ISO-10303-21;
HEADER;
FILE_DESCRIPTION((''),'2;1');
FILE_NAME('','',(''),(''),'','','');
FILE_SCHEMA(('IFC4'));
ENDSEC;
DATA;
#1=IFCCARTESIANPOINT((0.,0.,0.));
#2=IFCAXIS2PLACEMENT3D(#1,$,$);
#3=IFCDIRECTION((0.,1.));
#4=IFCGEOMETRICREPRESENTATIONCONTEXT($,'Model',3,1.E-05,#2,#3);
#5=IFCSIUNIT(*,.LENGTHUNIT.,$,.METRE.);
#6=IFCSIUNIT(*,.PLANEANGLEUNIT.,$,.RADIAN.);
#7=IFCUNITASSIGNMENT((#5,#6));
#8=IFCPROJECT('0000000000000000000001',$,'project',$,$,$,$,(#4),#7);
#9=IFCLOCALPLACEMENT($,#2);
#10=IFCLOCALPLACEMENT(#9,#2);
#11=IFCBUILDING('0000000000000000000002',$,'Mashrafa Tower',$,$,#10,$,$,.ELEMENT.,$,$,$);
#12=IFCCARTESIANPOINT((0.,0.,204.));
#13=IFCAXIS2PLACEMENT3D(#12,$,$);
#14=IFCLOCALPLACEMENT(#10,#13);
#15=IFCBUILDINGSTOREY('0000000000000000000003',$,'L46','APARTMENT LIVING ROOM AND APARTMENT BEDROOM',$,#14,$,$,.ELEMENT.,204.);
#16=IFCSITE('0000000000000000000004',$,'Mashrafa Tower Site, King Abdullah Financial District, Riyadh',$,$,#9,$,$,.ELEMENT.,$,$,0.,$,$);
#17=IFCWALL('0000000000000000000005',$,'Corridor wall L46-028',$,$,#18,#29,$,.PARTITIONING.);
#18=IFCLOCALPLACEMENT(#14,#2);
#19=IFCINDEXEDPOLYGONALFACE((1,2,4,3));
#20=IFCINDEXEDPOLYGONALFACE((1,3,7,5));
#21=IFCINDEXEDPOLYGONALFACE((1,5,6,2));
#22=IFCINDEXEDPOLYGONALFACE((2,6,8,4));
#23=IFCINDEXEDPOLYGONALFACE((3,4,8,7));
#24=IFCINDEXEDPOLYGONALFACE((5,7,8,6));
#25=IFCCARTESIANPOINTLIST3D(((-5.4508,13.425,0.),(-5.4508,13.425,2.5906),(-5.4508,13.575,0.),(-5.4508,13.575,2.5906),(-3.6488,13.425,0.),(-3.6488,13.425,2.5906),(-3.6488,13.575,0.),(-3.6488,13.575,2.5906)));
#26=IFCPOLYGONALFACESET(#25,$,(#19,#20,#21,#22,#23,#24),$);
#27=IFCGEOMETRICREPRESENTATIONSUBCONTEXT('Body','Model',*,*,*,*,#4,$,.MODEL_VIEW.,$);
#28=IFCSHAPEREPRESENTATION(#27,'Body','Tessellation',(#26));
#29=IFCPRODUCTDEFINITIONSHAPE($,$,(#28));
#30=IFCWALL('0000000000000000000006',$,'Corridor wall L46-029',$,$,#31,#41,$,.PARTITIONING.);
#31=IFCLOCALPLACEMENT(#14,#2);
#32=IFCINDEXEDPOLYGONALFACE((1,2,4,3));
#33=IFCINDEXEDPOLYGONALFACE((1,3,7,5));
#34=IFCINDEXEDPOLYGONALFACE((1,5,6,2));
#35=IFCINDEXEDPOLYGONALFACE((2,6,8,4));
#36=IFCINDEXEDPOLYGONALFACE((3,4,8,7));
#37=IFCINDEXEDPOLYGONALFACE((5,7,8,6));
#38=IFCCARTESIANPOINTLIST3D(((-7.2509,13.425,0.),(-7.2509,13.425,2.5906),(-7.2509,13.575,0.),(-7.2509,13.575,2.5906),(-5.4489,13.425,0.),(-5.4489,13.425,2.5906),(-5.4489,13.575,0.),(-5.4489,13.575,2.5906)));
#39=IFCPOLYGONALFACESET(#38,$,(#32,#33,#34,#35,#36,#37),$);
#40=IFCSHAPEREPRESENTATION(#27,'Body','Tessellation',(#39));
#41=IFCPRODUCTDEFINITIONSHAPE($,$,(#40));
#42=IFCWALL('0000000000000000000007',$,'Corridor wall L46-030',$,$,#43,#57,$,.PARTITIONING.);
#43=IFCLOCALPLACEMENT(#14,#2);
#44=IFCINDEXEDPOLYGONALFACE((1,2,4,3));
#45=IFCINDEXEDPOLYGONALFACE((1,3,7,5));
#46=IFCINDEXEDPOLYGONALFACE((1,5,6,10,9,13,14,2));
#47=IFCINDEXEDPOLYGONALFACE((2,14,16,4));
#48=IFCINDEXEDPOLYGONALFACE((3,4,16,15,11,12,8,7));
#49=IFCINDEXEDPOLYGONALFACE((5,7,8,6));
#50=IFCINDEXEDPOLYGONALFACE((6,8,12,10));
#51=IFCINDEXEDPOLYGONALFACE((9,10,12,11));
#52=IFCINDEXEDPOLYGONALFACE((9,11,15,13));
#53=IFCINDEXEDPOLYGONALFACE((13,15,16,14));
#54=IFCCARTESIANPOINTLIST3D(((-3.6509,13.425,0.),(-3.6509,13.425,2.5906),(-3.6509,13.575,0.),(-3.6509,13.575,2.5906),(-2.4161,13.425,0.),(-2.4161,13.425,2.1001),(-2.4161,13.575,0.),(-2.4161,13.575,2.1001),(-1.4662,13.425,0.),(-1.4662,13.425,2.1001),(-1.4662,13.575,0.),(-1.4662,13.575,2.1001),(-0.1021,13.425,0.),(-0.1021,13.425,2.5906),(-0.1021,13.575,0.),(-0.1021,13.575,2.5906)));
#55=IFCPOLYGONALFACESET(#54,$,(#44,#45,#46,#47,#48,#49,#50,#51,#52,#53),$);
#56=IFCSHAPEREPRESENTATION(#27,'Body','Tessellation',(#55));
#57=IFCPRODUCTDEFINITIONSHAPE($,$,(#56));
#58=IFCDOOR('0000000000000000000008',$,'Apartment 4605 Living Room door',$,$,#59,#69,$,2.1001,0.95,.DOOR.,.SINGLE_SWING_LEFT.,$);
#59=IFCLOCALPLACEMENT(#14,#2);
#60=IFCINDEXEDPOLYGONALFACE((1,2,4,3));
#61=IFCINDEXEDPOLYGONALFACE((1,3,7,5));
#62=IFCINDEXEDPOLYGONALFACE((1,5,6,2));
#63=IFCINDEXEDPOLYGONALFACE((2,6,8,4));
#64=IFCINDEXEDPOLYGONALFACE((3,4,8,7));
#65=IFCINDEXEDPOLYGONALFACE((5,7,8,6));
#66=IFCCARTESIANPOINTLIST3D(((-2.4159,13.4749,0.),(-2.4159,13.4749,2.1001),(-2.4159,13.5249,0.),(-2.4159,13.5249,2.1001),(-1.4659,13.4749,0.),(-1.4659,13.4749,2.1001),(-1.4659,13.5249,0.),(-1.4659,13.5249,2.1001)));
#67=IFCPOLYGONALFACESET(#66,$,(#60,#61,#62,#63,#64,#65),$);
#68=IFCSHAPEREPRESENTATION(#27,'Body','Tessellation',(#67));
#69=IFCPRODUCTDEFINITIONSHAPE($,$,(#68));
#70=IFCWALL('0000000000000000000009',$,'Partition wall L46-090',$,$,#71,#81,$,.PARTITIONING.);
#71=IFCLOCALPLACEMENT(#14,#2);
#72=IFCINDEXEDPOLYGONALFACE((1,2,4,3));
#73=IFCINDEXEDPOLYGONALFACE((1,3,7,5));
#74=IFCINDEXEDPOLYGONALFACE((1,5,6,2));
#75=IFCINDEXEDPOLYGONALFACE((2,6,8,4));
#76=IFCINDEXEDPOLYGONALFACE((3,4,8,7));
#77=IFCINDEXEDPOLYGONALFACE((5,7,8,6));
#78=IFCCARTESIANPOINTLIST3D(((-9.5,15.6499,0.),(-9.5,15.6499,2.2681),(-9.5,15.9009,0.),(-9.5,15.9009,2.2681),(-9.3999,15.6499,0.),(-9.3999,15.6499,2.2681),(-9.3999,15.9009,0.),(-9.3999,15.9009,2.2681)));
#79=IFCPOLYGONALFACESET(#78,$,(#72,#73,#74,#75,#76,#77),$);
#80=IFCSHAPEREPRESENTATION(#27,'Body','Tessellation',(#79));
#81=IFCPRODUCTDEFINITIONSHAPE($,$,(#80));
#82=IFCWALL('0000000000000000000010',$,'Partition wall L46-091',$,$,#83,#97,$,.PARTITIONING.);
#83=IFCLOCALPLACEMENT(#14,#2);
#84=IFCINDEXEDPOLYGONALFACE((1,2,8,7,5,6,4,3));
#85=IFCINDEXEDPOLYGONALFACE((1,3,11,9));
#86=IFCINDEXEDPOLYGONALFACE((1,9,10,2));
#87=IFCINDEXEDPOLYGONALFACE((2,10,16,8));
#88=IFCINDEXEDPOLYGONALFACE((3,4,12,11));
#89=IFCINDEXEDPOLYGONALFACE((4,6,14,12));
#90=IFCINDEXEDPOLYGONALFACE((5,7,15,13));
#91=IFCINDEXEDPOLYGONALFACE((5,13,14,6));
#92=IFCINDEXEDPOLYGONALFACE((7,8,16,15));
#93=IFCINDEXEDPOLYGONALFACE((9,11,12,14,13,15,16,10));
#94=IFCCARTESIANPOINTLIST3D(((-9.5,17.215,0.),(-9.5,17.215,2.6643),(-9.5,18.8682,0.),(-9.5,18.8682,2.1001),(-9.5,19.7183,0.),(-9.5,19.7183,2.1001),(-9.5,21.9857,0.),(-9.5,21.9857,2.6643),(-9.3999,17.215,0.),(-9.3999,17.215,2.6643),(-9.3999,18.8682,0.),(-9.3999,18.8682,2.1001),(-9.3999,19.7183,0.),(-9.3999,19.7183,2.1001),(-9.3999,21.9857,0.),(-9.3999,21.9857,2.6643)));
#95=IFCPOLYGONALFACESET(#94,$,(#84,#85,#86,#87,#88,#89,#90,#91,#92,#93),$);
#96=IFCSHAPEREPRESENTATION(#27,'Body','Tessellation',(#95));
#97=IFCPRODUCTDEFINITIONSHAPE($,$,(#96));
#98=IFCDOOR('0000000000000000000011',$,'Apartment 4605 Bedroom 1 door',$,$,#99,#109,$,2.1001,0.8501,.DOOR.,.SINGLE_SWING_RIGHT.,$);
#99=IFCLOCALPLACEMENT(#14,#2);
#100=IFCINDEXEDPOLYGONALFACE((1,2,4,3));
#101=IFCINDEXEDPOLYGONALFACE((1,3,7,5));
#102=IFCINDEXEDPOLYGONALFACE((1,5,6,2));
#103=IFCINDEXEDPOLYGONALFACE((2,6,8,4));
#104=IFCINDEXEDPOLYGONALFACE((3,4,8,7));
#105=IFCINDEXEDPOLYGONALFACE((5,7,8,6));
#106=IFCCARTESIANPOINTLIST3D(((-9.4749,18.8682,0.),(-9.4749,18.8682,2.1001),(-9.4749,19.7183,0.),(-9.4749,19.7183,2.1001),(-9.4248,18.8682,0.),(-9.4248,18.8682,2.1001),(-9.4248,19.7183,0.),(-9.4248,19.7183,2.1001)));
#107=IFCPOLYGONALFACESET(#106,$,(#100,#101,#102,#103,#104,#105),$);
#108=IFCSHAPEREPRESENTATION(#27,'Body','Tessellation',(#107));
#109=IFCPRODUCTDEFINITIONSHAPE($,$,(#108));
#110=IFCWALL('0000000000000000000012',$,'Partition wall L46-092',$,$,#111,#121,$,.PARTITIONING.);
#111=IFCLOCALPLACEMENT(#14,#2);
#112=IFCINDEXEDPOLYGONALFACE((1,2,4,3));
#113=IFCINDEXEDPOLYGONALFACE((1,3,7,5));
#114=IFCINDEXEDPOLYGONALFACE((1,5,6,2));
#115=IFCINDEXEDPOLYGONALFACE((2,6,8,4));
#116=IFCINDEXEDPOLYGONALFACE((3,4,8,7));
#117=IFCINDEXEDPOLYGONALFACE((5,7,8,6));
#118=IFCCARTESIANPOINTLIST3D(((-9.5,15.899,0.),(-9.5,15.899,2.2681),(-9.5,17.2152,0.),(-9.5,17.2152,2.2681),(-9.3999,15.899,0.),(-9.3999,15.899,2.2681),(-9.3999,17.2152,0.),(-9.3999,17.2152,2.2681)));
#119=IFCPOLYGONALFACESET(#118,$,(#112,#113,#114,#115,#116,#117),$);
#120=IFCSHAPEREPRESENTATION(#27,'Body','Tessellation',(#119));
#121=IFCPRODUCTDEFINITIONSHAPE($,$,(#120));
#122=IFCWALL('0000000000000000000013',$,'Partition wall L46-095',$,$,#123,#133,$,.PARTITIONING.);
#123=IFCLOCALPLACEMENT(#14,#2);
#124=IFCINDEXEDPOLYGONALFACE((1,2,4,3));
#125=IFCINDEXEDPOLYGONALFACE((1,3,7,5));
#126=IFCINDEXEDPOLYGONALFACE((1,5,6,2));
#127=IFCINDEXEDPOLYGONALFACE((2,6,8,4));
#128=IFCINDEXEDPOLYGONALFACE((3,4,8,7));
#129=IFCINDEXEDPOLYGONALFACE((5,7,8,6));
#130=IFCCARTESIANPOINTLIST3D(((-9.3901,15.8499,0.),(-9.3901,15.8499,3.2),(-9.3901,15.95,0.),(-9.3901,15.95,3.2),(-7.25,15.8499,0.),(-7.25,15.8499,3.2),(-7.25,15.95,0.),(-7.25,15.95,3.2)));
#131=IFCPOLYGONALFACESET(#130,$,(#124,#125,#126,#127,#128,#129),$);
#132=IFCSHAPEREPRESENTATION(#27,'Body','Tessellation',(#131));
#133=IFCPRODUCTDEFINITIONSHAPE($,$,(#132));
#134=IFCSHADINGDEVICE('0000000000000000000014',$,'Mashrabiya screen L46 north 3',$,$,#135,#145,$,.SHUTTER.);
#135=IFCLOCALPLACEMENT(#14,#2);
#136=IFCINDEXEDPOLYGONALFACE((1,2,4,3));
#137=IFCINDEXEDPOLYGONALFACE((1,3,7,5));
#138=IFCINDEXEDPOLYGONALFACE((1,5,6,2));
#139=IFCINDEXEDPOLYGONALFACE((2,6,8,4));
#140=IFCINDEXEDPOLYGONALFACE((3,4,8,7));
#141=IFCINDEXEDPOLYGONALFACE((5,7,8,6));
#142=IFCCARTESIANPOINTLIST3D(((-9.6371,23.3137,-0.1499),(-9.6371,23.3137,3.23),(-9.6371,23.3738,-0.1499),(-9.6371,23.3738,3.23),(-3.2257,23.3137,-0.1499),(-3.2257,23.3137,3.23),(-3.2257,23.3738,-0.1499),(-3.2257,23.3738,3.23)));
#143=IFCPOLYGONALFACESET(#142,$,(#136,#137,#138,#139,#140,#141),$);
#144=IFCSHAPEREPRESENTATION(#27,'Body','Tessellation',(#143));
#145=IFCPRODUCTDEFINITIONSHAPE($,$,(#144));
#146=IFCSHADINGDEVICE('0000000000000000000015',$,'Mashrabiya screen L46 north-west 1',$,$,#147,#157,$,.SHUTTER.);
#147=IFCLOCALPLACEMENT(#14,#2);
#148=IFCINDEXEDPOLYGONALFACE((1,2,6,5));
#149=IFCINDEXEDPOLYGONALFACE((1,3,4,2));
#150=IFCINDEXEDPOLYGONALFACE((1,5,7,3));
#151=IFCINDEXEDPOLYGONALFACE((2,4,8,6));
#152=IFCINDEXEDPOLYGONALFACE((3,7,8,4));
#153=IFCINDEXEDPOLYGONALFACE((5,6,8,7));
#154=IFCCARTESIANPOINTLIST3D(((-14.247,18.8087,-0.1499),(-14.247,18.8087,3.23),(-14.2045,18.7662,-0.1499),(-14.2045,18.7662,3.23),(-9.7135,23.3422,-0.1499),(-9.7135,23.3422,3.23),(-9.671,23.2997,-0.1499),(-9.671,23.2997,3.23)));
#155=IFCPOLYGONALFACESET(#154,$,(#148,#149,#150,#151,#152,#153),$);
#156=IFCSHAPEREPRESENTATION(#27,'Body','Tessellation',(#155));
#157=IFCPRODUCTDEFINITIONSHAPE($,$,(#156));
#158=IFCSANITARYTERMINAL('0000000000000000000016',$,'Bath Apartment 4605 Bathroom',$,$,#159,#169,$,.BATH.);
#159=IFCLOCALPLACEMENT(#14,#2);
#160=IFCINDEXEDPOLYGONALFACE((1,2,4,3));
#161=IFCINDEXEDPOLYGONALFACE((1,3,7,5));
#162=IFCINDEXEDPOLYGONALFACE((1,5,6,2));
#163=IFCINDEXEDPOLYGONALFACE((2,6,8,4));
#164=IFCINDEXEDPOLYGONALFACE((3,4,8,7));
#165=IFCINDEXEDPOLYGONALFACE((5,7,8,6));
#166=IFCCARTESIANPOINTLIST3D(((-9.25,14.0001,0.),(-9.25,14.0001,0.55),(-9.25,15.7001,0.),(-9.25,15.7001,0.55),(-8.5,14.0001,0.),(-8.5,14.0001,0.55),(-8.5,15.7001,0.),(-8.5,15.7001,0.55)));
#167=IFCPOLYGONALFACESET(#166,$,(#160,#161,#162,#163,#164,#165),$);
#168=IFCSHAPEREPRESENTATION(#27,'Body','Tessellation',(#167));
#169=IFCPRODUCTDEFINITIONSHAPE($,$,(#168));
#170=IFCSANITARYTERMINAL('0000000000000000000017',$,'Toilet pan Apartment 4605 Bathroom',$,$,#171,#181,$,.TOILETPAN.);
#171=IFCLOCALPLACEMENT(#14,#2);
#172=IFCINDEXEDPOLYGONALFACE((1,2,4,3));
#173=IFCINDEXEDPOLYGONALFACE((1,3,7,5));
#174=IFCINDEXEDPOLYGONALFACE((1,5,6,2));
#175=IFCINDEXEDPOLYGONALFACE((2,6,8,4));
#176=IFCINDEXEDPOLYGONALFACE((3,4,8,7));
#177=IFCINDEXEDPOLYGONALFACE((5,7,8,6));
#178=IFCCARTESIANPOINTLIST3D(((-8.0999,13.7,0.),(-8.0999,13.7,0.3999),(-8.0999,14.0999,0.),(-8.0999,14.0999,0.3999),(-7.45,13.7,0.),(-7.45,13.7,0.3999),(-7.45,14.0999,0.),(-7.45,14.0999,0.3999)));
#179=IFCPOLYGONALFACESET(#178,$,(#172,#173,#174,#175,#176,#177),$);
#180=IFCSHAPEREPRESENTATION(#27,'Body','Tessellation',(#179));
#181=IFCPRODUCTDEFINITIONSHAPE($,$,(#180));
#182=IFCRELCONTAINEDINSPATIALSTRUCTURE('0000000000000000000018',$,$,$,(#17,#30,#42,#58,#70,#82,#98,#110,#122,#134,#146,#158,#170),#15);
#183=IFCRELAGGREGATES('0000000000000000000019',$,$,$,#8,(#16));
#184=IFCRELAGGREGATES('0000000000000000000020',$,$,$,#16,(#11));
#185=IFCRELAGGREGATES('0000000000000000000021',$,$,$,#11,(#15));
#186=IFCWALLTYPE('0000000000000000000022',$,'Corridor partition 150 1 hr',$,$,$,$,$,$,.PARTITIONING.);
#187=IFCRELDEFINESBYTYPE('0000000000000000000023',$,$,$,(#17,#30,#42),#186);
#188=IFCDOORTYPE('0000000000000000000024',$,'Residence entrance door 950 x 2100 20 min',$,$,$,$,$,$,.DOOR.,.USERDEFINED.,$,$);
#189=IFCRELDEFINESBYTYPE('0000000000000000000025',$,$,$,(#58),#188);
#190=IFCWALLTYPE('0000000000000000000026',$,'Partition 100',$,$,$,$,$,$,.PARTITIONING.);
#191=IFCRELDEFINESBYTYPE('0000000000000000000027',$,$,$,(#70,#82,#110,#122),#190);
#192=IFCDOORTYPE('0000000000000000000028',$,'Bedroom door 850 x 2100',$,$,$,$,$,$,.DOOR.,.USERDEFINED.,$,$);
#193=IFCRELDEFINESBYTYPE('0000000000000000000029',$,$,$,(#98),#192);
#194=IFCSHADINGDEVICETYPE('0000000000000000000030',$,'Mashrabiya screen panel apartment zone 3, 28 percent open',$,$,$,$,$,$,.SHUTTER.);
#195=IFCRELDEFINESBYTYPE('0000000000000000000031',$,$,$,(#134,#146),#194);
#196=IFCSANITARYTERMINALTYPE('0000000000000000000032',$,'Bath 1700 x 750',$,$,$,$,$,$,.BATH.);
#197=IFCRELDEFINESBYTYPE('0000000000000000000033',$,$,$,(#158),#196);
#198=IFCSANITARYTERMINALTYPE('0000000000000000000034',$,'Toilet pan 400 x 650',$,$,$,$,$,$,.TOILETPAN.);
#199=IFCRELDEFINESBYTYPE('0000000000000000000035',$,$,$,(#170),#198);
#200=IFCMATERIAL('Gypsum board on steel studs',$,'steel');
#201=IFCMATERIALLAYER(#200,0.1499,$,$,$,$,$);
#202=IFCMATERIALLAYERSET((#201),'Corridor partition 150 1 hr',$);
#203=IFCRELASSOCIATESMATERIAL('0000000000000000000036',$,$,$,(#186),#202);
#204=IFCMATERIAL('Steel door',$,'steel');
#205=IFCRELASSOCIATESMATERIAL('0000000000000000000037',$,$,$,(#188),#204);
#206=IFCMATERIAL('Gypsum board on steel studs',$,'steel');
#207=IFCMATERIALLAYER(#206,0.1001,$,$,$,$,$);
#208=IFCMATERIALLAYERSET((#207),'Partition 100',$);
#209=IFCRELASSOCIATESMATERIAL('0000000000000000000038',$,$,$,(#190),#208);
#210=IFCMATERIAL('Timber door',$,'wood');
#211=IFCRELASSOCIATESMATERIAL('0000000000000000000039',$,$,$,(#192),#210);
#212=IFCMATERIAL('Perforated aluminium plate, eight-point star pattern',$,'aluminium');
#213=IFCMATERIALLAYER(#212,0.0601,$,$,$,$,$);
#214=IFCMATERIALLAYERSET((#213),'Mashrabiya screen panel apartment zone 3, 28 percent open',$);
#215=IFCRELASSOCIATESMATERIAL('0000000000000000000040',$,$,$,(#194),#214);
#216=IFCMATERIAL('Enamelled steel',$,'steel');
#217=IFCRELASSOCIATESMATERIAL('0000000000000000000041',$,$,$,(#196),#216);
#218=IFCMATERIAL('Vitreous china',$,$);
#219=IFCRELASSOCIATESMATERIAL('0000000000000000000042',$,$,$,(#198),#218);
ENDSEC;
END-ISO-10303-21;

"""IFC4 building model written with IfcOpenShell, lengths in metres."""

from ifc_helpers import new_model, si_unit, direction, frame, frame_2d, origin, origin_2d, place, context, subcontext, project, spatial, rectangle, extrude, source, transform, mapped, material, layer, layer_set, type_object, type_shapes, element, fill, save


model = new_model("IFC4")

# Units and contexts
model_context = context("Model", 3, precision=1e-05, world=origin(), true_north=direction((0.0, 1.0)))
body_context = subcontext(model_context, "Body", "Model", "MODEL_VIEW")
ifc_project = project(units=[si_unit("LENGTHUNIT", "METRE"), si_unit("PLANEANGLEUNIT", "RADIAN")], contexts=[model_context])

# Site, building, storey
site_placement = place(None, origin())
site = spatial("IfcSite", under=ifc_project, at=site_placement, Name="Mashrafa Tower Site, King Abdullah Financial District, Riyadh", CompositionType="ELEMENT", RefElevation=0.0)
building_placement = place(site_placement, origin())
building = spatial("IfcBuilding", under=site, at=building_placement, Name="Mashrafa Tower", CompositionType="ELEMENT")
storey_placement = place(building_placement, frame((0.0, 0.0, 204.0)))
storey = spatial("IfcBuildingStorey", under=building, at=storey_placement, Name="L46", Description="APARTMENT LIVING ROOM AND APARTMENT BEDROOM", CompositionType="ELEMENT", Elevation=204.0)

# Walls
ifc_material_1 = material(Name="Gypsum board on steel studs", Category="steel")
ifc_layer_1 = layer(ifc_material_1, 0.1499)
ifc_layer_set_1 = layer_set([ifc_layer_1], Name="Corridor partition 150 1 hr")
wall_type_1 = type_object("IfcWallType", Name="Corridor partition 150 1 hr", PredefinedType="PARTITIONING", material=ifc_layer_set_1)
for number, where, z_axis, x_axis, name in (
    (1, (-3.6489, 13.5, 0.0), (0.0, 0.0, 1.0), (-1.0, 0.0, 0.0), "Corridor wall L46-028"),
    (2, (-5.449, 13.5, 0.0), (0.0, 0.0, 1.0), (-1.0, 0.0, 0.0), "Corridor wall L46-029"),
):
    element("IfcWall", number, at=place(storey_placement, frame(where, z_axis=z_axis, x_axis=x_axis)), inside=storey, type_object=wall_type_1, Name=name, PredefinedType="PARTITIONING", context=body_context, shape_type="SweptSolid", body=[
        extrude(rectangle(XDim=1.802, YDim=0.1499, at=frame_2d((0.9009, 0.0))), origin(), (0.0, 0.0, 1.0), 2.5906),
    ])

# Wall, opening, door
wall_1_placement = place(storey_placement, frame((-0.1021, 13.5, 0.0), z_axis=(0.0, 0.0, 1.0), x_axis=(-1.0, 0.0, 0.0)))
wall_1 = element("IfcWall", 3, at=wall_1_placement, inside=storey, type_object=wall_type_1, Name="Corridor wall L46-030", PredefinedType="PARTITIONING", context=body_context, shape_type="SweptSolid", body=[
    extrude(rectangle(XDim=3.5488, YDim=0.1499, at=frame_2d((1.7744, 0.0))), origin(), (0.0, 0.0, 1.0), 2.5906),
])
opening_1_placement = place(wall_1_placement, frame((1.364, 0.0, 0.0)))
opening_1 = element("IfcOpeningElement", 4, at=opening_1_placement, cuts=wall_1, PredefinedType="OPENING", context=body_context, shape_type="SweptSolid", body=[
    extrude(rectangle(XDim=0.95, YDim=2.1001, at=frame_2d((0.4751, 1.05))), frame((0.0, 0.085, 0.0), z_axis=(0.0, -1.0, 0.0), x_axis=(1.0, 0.0, 0.0)), (0.0, 0.0, 1.0), 0.1699),
])
ifc_material_2 = material(Name="Steel door", Category="steel")
door_type_1 = type_object("IfcDoorType", Name="Residence entrance door 950 x 2100 20 min", OperationType="USERDEFINED", PredefinedType="DOOR", material=ifc_material_2)
door_1_placement = place(opening_1_placement, frame((0.95, 0.0, 0.0), z_axis=(0.0, 0.0, 1.0), x_axis=(-1.0, 0.0, 0.0)))
door_1 = element("IfcDoor", 5, at=door_1_placement, inside=storey, type_object=door_type_1, Name="Apartment 4605 Living Room door", OperationType="SINGLE_SWING_LEFT", OverallHeight=2.1001, OverallWidth=0.95, PredefinedType="DOOR", context=body_context, shape_type="SweptSolid", body=[
    extrude(rectangle(XDim=0.95, YDim=2.1001, at=frame_2d((0.4751, 1.05))), frame((0.0, 0.0249, 0.0), z_axis=(0.0, -1.0, 0.0), x_axis=(1.0, 0.0, 0.0)), (0.0, 0.0, 1.0), 0.05),
])
fill(opening_1, door_1)

# Wall
ifc_material_3 = material(Name="Gypsum board on steel studs", Category="steel")
ifc_layer_2 = layer(ifc_material_3, 0.1001)
ifc_layer_set_2 = layer_set([ifc_layer_2], Name="Partition 100")
wall_type_2 = type_object("IfcWallType", Name="Partition 100", PredefinedType="PARTITIONING", material=ifc_layer_set_2)
wall_2_placement = place(storey_placement, frame((-9.45, 15.6499, 0.0), z_axis=(0.0, 0.0, 1.0), x_axis=(0.0, 1.0, 0.0)))
element("IfcWall", 6, at=wall_2_placement, inside=storey, type_object=wall_type_2, Name="Partition wall L46-090", PredefinedType="PARTITIONING", context=body_context, shape_type="SweptSolid", body=[
    extrude(rectangle(XDim=0.251, YDim=0.1001, at=frame_2d((0.1255, 0.0))), origin(), (0.0, 0.0, 1.0), 2.2681),
])

# Wall, opening, door
wall_3_placement = place(storey_placement, frame((-9.45, 17.2151, 0.0), z_axis=(0.0, 0.0, 1.0), x_axis=(0.0, 1.0, 0.0)))
wall_3 = element("IfcWall", 7, at=wall_3_placement, inside=storey, type_object=wall_type_2, Name="Partition wall L46-091", PredefinedType="PARTITIONING", context=body_context, shape_type="SweptSolid", body=[
    extrude(rectangle(XDim=4.7708, YDim=0.1001, at=frame_2d((2.3853, 0.0))), origin(), (0.0, 0.0, 1.0), 2.6643),
])
opening_2_placement = place(wall_3_placement, frame((1.6531, 0.0, 0.0)))
opening_2 = element("IfcOpeningElement", 8, at=opening_2_placement, cuts=wall_3, PredefinedType="OPENING", context=body_context, shape_type="SweptSolid", body=[
    extrude(rectangle(XDim=0.8501, YDim=2.1001, at=frame_2d((0.425, 1.05))), frame((0.0, 0.0601, 0.0), z_axis=(0.0, -1.0, 0.0), x_axis=(1.0, 0.0, 0.0)), (0.0, 0.0, 1.0), 0.1201),
])
ifc_material_4 = material(Name="Timber door", Category="wood")
door_type_2 = type_object("IfcDoorType", Name="Bedroom door 850 x 2100", OperationType="USERDEFINED", PredefinedType="DOOR", material=ifc_material_4)
door_2_placement = place(opening_2_placement, origin())
door_2 = element("IfcDoor", 9, at=door_2_placement, inside=storey, type_object=door_type_2, Name="Apartment 4605 Bedroom 1 door", OperationType="SINGLE_SWING_RIGHT", OverallHeight=2.1001, OverallWidth=0.8501, PredefinedType="DOOR", context=body_context, shape_type="SweptSolid", body=[
    extrude(rectangle(XDim=0.8501, YDim=2.1001, at=frame_2d((0.425, 1.05))), frame((0.0, 0.0249, 0.0), z_axis=(0.0, -1.0, 0.0), x_axis=(1.0, 0.0, 0.0)), (0.0, 0.0, 1.0), 0.05),
])
fill(opening_2, door_2)

# Walls
wall_4_placement = place(storey_placement, frame((-9.45, 15.8989, 0.0), z_axis=(0.0, 0.0, 1.0), x_axis=(0.0, 1.0, 0.0)))
element("IfcWall", 10, at=wall_4_placement, inside=storey, type_object=wall_type_2, Name="Partition wall L46-092", PredefinedType="PARTITIONING", context=body_context, shape_type="SweptSolid", body=[
    extrude(rectangle(XDim=1.3162, YDim=0.1001, at=frame_2d((0.6582, 0.0))), origin(), (0.0, 0.0, 1.0), 2.2681),
])
wall_5_placement = place(storey_placement, frame((-7.25, 15.8999, 0.0), z_axis=(0.0, 0.0, 1.0), x_axis=(-1.0, 0.0, 0.0)))
element("IfcWall", 11, at=wall_5_placement, inside=storey, type_object=wall_type_2, Name="Partition wall L46-095", PredefinedType="PARTITIONING", context=body_context, shape_type="SweptSolid", body=[
    extrude(rectangle(XDim=2.1401, YDim=0.1001, at=frame_2d((1.0701, 0.0))), origin(), (0.0, 0.0, 1.0), 3.2),
])

# Shading devices
ifc_material_5 = material(Name="Perforated aluminium plate, eight-point star pattern", Category="aluminium")
ifc_layer_3 = layer(ifc_material_5, 0.0601)
ifc_layer_set_3 = layer_set([ifc_layer_3], Name="Mashrabiya screen panel apartment zone 3, 28 percent open")
shading_device_type = type_object("IfcShadingDeviceType", Name="Mashrabiya screen panel apartment zone 3, 28 percent open", PredefinedType="SHUTTER", material=ifc_layer_set_3)
shared_shape_1 = source(origin(), body_context, "Body", "SweptSolid", [
    extrude(rectangle(XDim=6.4114, YDim=0.0601, at=origin_2d()), origin(), (0.0, 0.0, 1.0), 3.3799),
])
type_shapes(shading_device_type, [shared_shape_1])
for number, where, z_axis, x_axis, name in (
    (12, (-6.4314, 23.3438, -0.1499), (0.0, 0.0, 1.0), (-1.0, 0.0, 0.0), "Mashrabiya screen L46 north 3"),
    (13, (-11.959, 21.0542, -0.1499), (0.0, 0.0, 1.0), (-0.707107, -0.707107, 0.0), "Mashrabiya screen L46 north-west 1"),
):
    element("IfcShadingDevice", number, at=place(storey_placement, frame(where, z_axis=z_axis, x_axis=x_axis)), inside=storey, type_object=shading_device_type, Name=name, PredefinedType="SHUTTER", context=body_context, shape_type="MappedRepresentation", body=[
        mapped(shared_shape_1, transform((0.0, 0.0, 0.0))),
    ])

# Sanitary terminals
ifc_material_6 = material(Name="Enamelled steel", Category="steel")
sanitary_terminal_type_1 = type_object("IfcSanitaryTerminalType", Name="Bath 1700 x 750", PredefinedType="BATH", material=ifc_material_6)
sanitary_terminal_1_placement = place(storey_placement, frame((-8.875, 14.8501, 0.0), z_axis=(0.0, 0.0, 1.0), x_axis=(0.0, -1.0, 0.0)))
element("IfcSanitaryTerminal", 14, at=sanitary_terminal_1_placement, inside=storey, type_object=sanitary_terminal_type_1, Name="Bath Apartment 4605 Bathroom", PredefinedType="BATH", context=body_context, shape_type="SweptSolid", body=[
    extrude(rectangle(XDim=1.7, YDim=0.75, at=origin_2d()), origin(), (0.0, 0.0, 1.0), 0.55),
])
ifc_material_7 = material(Name="Vitreous china")
sanitary_terminal_type_2 = type_object("IfcSanitaryTerminalType", Name="Toilet pan 400 x 650", PredefinedType="TOILETPAN", material=ifc_material_7)
sanitary_terminal_2_placement = place(storey_placement, frame((-7.7749, 13.8999, 0.0), z_axis=(0.0, 0.0, 1.0), x_axis=(0.0, 1.0, 0.0)))
element("IfcSanitaryTerminal", 15, at=sanitary_terminal_2_placement, inside=storey, type_object=sanitary_terminal_type_2, Name="Toilet pan Apartment 4605 Bathroom", PredefinedType="TOILETPAN", context=body_context, shape_type="SweptSolid", body=[
    extrude(rectangle(XDim=0.3999, YDim=0.6499, at=origin_2d()), origin(), (0.0, 0.0, 1.0), 0.3999),
])

save(model, "model.ifc")
